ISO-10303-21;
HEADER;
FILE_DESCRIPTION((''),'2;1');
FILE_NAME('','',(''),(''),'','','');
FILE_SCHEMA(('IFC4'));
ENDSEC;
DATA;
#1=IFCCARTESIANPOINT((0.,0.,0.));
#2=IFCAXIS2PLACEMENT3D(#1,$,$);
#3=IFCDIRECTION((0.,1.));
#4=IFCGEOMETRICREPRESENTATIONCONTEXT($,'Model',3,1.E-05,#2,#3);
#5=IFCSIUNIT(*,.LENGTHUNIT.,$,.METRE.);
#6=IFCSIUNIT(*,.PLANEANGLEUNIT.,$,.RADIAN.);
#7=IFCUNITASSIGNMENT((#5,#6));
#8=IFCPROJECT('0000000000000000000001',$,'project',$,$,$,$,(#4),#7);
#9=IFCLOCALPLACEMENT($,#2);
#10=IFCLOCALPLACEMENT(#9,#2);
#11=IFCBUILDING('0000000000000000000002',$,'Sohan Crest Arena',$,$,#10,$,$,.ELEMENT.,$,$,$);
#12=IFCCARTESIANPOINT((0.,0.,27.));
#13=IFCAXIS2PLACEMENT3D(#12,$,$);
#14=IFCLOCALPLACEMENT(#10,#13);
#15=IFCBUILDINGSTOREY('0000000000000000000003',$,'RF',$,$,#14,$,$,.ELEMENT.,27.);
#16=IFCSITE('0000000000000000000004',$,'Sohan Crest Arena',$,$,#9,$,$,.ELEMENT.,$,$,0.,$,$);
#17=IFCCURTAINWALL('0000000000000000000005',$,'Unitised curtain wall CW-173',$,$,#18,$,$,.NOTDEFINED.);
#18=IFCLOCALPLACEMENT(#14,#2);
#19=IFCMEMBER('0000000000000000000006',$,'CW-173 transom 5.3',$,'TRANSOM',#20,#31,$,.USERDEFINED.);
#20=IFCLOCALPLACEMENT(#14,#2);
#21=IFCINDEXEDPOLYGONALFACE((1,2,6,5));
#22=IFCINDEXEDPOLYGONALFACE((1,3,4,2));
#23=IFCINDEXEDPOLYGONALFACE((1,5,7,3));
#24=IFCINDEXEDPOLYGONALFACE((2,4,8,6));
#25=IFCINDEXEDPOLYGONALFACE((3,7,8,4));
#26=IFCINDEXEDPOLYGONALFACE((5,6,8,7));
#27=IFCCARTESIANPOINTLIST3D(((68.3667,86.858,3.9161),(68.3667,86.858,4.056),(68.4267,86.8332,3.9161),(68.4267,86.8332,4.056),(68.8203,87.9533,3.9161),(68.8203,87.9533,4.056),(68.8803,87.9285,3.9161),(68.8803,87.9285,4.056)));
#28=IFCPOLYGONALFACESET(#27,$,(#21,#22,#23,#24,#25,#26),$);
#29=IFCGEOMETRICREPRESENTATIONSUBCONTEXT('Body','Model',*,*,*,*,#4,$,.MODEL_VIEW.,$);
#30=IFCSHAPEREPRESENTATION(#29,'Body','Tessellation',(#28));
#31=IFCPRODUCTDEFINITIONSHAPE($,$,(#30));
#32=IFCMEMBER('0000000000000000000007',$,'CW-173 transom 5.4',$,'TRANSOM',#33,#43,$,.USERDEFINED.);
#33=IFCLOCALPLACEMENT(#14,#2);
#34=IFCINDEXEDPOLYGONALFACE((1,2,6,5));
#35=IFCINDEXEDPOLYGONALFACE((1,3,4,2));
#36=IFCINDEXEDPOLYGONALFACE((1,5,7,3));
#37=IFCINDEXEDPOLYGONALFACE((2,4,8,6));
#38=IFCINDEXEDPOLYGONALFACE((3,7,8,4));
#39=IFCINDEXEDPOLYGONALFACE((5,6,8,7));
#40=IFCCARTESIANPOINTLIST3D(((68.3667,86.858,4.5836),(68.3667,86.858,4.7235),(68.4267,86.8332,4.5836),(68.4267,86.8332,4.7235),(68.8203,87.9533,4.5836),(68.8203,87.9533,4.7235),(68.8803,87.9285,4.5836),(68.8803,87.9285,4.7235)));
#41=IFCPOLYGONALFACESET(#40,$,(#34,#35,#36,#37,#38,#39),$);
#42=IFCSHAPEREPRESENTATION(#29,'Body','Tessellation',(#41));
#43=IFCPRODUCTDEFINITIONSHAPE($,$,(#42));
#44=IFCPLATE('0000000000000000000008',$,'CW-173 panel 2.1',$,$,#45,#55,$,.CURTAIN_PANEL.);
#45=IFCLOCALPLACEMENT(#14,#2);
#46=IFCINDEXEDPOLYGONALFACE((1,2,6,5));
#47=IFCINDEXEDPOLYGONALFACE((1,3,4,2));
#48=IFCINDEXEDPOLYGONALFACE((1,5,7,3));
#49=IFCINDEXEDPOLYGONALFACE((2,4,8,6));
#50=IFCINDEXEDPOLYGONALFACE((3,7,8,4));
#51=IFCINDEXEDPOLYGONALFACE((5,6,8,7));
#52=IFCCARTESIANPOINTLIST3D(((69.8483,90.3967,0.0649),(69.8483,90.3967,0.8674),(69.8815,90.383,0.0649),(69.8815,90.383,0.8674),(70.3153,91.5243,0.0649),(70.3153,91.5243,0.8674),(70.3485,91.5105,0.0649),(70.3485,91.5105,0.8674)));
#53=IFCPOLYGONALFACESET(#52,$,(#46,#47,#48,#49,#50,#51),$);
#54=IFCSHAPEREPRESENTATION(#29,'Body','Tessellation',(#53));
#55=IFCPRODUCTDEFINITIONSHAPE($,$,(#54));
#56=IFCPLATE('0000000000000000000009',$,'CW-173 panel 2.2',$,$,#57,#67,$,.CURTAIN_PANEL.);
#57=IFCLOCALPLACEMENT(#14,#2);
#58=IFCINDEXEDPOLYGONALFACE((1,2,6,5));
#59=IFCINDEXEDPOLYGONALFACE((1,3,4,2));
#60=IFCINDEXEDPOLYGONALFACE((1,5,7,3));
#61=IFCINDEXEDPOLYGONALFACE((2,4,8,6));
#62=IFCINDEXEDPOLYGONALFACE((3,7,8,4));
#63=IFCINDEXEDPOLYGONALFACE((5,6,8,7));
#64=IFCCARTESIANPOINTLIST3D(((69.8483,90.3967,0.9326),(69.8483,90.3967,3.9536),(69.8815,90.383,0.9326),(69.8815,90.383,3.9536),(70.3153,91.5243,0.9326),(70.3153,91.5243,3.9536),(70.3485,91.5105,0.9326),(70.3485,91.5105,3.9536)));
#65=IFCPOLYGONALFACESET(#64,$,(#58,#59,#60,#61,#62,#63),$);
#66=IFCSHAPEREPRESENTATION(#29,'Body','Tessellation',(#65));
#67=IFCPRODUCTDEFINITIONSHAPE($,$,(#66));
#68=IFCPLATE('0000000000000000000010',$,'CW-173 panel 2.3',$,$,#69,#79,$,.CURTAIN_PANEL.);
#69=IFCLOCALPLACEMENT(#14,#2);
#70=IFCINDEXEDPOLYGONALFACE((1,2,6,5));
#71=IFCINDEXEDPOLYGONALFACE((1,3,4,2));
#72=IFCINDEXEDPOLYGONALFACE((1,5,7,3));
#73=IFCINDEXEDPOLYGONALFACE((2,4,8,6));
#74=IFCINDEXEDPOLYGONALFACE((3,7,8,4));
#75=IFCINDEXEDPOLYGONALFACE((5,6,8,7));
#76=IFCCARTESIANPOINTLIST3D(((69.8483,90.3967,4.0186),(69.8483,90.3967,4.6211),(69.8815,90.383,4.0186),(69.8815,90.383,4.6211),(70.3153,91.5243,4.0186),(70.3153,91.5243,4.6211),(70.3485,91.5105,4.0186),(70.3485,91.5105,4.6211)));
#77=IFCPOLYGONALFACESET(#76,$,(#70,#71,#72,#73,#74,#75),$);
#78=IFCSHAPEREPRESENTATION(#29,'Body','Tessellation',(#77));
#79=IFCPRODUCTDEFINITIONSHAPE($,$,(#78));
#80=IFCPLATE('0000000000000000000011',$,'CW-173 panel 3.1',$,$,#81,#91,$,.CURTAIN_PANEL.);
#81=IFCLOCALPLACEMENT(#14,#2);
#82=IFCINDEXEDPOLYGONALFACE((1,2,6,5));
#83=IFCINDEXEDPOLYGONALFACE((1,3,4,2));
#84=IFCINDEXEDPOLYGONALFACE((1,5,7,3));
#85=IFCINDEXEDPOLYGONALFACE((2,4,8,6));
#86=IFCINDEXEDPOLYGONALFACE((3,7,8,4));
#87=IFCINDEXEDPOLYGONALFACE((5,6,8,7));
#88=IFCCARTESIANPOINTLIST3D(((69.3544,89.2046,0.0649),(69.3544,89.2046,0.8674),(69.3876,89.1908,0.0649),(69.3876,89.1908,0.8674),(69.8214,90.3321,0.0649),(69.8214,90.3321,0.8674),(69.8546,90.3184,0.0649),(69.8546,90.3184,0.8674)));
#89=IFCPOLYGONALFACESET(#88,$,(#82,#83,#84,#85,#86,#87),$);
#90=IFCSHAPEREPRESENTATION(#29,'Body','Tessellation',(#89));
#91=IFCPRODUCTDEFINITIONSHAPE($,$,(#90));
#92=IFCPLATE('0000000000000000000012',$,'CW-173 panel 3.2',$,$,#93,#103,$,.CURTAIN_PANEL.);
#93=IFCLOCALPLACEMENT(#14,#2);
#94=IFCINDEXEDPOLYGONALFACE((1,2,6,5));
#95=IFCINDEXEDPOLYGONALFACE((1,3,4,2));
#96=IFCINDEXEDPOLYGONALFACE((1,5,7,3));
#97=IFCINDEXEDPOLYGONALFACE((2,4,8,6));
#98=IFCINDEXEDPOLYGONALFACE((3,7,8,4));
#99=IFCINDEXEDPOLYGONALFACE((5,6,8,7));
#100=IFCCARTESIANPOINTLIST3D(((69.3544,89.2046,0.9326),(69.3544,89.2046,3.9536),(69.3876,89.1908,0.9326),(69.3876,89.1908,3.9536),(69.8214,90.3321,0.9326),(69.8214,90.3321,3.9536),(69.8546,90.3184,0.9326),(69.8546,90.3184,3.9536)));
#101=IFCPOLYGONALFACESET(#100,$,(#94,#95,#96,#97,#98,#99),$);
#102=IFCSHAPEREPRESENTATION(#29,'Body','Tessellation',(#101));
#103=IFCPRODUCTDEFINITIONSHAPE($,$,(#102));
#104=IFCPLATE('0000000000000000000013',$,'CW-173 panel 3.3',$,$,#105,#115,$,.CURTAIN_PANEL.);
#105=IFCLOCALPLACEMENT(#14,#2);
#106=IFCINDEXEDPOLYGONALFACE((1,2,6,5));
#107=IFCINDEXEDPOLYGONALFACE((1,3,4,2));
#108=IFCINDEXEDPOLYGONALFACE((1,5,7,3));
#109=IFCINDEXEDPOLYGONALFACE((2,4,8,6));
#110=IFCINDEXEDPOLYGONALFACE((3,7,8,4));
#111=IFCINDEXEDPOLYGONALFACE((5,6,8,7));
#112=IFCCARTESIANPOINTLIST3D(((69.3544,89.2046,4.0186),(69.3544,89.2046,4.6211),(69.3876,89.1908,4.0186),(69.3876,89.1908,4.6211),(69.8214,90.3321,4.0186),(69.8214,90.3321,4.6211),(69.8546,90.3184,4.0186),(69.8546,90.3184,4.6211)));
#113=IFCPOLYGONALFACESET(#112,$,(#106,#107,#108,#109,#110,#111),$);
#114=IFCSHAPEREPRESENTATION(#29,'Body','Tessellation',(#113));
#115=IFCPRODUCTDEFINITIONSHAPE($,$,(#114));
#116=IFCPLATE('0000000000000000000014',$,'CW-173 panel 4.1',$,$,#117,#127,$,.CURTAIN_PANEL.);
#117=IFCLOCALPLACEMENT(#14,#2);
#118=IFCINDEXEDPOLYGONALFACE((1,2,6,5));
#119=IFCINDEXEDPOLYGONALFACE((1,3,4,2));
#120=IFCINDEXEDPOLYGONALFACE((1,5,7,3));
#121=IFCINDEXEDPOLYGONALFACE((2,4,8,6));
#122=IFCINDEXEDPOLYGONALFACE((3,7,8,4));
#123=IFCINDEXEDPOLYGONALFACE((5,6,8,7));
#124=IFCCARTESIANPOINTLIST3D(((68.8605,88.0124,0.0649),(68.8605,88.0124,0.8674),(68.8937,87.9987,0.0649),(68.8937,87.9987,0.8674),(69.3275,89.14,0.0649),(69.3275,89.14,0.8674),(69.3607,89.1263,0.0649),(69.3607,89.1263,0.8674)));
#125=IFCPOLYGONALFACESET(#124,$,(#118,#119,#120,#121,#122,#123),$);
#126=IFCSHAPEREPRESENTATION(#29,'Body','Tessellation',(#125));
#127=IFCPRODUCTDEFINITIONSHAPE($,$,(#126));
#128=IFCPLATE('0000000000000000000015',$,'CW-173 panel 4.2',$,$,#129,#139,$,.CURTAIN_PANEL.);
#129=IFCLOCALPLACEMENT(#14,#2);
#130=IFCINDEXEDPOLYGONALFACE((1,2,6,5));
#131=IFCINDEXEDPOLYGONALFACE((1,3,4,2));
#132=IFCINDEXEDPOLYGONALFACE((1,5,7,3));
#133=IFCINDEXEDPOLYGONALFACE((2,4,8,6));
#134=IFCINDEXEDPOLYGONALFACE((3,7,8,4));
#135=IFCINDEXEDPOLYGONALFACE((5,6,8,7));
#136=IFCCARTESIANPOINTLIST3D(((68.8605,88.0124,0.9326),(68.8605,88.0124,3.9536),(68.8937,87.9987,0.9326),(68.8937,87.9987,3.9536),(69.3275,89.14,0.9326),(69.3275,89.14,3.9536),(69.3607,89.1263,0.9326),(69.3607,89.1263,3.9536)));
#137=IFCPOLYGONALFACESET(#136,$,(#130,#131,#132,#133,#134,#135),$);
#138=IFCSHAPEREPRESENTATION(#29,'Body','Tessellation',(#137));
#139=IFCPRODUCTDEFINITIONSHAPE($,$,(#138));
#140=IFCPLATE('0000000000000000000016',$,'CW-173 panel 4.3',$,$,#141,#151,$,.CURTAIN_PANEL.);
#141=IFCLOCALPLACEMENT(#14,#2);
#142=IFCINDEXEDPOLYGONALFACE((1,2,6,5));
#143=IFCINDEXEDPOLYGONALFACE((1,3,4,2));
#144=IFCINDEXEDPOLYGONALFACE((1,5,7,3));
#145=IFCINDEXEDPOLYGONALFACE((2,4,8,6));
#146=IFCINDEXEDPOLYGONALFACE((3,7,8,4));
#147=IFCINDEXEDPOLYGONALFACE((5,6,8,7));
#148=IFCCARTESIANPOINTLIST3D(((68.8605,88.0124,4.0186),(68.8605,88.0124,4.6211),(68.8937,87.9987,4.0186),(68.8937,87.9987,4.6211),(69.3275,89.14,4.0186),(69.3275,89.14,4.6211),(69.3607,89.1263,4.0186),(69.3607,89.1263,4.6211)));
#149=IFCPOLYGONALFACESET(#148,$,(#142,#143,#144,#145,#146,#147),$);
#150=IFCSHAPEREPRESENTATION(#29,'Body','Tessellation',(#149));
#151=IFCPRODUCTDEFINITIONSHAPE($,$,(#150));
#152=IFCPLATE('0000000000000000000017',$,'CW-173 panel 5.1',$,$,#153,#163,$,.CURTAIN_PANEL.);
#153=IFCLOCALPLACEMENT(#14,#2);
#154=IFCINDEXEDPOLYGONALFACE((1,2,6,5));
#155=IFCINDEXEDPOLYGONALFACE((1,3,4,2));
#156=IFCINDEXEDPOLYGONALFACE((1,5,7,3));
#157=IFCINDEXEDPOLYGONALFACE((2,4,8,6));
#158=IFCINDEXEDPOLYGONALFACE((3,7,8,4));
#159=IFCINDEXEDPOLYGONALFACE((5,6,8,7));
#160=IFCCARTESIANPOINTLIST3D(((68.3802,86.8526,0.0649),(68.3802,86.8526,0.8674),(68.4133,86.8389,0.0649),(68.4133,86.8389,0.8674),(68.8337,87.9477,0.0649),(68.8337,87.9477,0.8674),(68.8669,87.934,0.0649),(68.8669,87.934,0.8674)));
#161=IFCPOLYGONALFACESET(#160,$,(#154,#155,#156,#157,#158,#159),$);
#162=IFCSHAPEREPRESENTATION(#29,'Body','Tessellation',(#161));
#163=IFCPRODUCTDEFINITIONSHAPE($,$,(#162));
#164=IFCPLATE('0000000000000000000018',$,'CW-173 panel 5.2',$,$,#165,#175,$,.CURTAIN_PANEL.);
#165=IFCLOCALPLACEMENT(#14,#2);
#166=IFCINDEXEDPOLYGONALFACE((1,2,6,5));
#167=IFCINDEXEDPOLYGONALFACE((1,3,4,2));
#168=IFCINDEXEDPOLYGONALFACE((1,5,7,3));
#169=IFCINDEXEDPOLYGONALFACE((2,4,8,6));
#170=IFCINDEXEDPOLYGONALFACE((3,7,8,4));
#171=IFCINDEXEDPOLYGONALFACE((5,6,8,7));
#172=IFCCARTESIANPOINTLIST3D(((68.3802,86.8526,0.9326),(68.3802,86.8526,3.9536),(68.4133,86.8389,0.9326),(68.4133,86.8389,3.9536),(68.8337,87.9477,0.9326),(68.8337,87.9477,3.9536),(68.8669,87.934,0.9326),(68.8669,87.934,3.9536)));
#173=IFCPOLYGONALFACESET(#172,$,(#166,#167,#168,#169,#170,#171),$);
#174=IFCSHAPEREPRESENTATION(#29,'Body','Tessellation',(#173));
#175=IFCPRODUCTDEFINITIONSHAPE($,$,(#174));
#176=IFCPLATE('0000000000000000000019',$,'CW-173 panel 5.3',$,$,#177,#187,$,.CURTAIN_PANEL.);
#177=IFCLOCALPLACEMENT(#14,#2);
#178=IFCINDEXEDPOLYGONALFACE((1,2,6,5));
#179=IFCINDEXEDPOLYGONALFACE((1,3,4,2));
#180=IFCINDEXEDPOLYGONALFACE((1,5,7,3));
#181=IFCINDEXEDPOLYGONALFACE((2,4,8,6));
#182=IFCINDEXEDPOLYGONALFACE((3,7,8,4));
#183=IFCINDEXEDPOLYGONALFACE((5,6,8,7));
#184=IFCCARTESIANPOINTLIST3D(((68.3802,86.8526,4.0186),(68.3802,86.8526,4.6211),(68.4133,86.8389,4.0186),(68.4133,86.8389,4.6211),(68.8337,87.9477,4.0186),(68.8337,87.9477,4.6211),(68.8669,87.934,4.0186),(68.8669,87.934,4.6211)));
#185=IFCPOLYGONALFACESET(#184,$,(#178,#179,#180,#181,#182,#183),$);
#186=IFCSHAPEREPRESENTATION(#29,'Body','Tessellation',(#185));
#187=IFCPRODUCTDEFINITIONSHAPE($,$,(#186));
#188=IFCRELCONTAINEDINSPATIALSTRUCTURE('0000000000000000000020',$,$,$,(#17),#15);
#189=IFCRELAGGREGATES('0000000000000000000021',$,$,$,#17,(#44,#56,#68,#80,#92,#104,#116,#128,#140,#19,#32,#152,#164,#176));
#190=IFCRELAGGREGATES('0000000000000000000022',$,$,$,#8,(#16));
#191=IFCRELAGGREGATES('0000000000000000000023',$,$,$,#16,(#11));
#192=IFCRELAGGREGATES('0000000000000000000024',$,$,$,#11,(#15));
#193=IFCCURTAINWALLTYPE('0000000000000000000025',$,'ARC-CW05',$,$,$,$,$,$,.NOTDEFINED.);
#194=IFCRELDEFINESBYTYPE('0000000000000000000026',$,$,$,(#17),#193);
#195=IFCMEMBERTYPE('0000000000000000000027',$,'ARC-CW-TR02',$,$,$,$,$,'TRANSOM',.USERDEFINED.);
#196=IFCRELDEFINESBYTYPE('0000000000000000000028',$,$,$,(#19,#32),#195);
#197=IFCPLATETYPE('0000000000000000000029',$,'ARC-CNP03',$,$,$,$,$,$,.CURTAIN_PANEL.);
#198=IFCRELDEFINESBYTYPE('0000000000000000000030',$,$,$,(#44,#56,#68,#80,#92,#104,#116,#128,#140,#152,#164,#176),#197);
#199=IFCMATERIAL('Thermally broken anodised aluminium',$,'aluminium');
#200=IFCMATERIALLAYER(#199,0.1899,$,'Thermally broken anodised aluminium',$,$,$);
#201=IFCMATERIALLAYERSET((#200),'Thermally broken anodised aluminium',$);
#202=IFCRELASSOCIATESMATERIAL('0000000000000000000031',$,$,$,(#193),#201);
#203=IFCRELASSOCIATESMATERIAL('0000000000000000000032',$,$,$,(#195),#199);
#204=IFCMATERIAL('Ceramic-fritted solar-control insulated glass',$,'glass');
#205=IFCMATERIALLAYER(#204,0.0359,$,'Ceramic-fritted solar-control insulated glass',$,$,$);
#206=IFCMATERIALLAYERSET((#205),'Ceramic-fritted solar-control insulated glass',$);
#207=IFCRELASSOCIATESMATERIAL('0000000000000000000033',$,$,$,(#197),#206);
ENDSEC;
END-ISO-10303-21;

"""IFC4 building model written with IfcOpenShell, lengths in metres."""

from ifc_helpers import new_model, si_unit, direction, frame, origin, origin_2d, place, context, subcontext, project, spatial, rectangle, extrude, material, layer, layer_set, material_profile, profile_set, type_object, element, aggregate, save


model = new_model("IFC4")

# Units and contexts
model_context = context("Model", 3, precision=1e-05, world=origin(), true_north=direction((0.0, 1.0)))
body_context = subcontext(model_context, "Body", "Model", "MODEL_VIEW")
ifc_project = project(units=[si_unit("LENGTHUNIT", "METRE"), si_unit("PLANEANGLEUNIT", "RADIAN")], contexts=[model_context])

# Site, building, storey
site_placement = place(None, origin())
site = spatial("IfcSite", under=ifc_project, at=site_placement, Name="Sohan Crest Arena", CompositionType="ELEMENT", RefElevation=0.0)
building_placement = place(site_placement, origin())
building = spatial("IfcBuilding", under=site, at=building_placement, Name="Sohan Crest Arena", CompositionType="ELEMENT")
storey_placement = place(building_placement, frame((0.0, 0.0, 27.0)))
storey = spatial("IfcBuildingStorey", under=building, at=storey_placement, Name="RF", CompositionType="ELEMENT", Elevation=27.0)

# Curtain wall, members, plates
ifc_material_1 = material(Name="Thermally broken anodised aluminium", Category="aluminium")
ifc_layer_1 = layer(ifc_material_1, 0.1899, Name="Thermally broken anodised aluminium")
ifc_layer_set_1 = layer_set([ifc_layer_1], Name="Thermally broken anodised aluminium")
curtain_wall_type = type_object("IfcCurtainWallType", Name="ARC-CW05", PredefinedType="NOTDEFINED", material=ifc_layer_set_1)
curtain_wall_placement = place(storey_placement, origin())
curtain_wall = element("IfcCurtainWall", 1, at=curtain_wall_placement, inside=storey, type_object=curtain_wall_type, Name="Unitised curtain wall CW-173", PredefinedType="NOTDEFINED")
ifc_material_profile_1 = material_profile(ifc_material_1, rectangle(XDim=0.0649, YDim=0.1399, at=origin_2d()), Name="ALU-TRAN 65x140")
ifc_profile_set_1 = profile_set([ifc_material_profile_1], Name="Thermally broken anodised aluminium")
member_type_1 = type_object("IfcMemberType", Name="ARC-CW-TR02", ElementType="TRANSOM", PredefinedType="USERDEFINED", material=ifc_profile_set_1)
member_1_placement = place(storey_placement, frame((68.8503, 87.9409, 3.9861), z_axis=(-0.382655, -0.923891, 0.0), x_axis=(0.923891, -0.382655, 0.0)))
member_1 = element("IfcMember", 2, at=member_1_placement, type_object=member_type_1, Name="CW-173 transom 5.3", ObjectType="TRANSOM", PredefinedType="USERDEFINED", context=body_context, shape_type="SweptSolid", body=[
    extrude(rectangle(XDim=0.0649, YDim=0.1399, at=origin_2d()), origin(), (0.0, 0.0, 1.0), 1.1855),
])
member_2_placement = place(storey_placement, frame((68.8503, 87.9409, 4.6536), z_axis=(-0.382655, -0.923891, 0.0), x_axis=(0.923891, -0.382655, 0.0)))
member_2 = element("IfcMember", 3, at=member_2_placement, type_object=member_type_1, Name="CW-173 transom 5.4", ObjectType="TRANSOM", PredefinedType="USERDEFINED", context=body_context, shape_type="SweptSolid", body=[
    extrude(rectangle(XDim=0.0649, YDim=0.1399, at=origin_2d()), origin(), (0.0, 0.0, 1.0), 1.1855),
])
ifc_material_2 = material(Name="Ceramic-fritted solar-control insulated glass", Category="glass")
ifc_layer_2 = layer(ifc_material_2, 0.0359, Name="Ceramic-fritted solar-control insulated glass")
ifc_layer_set_2 = layer_set([ifc_layer_2], Name="Ceramic-fritted solar-control insulated glass")
plate_type = type_object("IfcPlateType", Name="ARC-CNP03", PredefinedType="CURTAIN_PANEL", material=ifc_layer_set_2)
plate_1_placement = place(storey_placement, frame((70.0984, 90.9536, 0.0649), z_axis=(0.0, 0.0, 1.0), x_axis=(-0.382667, -0.923886, 0.0)))
plate_1 = element("IfcPlate", 4, at=plate_1_placement, type_object=plate_type, Name="CW-173 panel 2.1", PredefinedType="CURTAIN_PANEL", context=body_context, shape_type="SweptSolid", body=[
    extrude(rectangle(XDim=1.2205, YDim=0.0359, at=origin_2d()), origin(), (0.0, 0.0, 1.0), 0.8025),
])
plate_2_placement = place(storey_placement, frame((70.0984, 90.9536, 0.9326), z_axis=(0.0, 0.0, 1.0), x_axis=(-0.382667, -0.923886, 0.0)))
plate_2 = element("IfcPlate", 5, at=plate_2_placement, type_object=plate_type, Name="CW-173 panel 2.2", PredefinedType="CURTAIN_PANEL", context=body_context, shape_type="SweptSolid", body=[
    extrude(rectangle(XDim=1.2205, YDim=0.0359, at=origin_2d()), origin(), (0.0, 0.0, 1.0), 3.021),
])
plate_3_placement = place(storey_placement, frame((70.0984, 90.9536, 4.0186), z_axis=(0.0, 0.0, 1.0), x_axis=(-0.382667, -0.923886, 0.0)))
plate_3 = element("IfcPlate", 6, at=plate_3_placement, type_object=plate_type, Name="CW-173 panel 2.3", PredefinedType="CURTAIN_PANEL", context=body_context, shape_type="SweptSolid", body=[
    extrude(rectangle(XDim=1.2205, YDim=0.0359, at=origin_2d()), origin(), (0.0, 0.0, 1.0), 0.6025),
])
plate_4_placement = place(storey_placement, frame((69.6045, 89.7615, 0.0649), z_axis=(0.0, 0.0, 1.0), x_axis=(-0.382667, -0.923886, 0.0)))
plate_4 = element("IfcPlate", 7, at=plate_4_placement, type_object=plate_type, Name="CW-173 panel 3.1", PredefinedType="CURTAIN_PANEL", context=body_context, shape_type="SweptSolid", body=[
    extrude(rectangle(XDim=1.2205, YDim=0.0359, at=origin_2d()), origin(), (0.0, 0.0, 1.0), 0.8025),
])
plate_5_placement = place(storey_placement, frame((69.6045, 89.7615, 0.9326), z_axis=(0.0, 0.0, 1.0), x_axis=(-0.382667, -0.923886, 0.0)))
plate_5 = element("IfcPlate", 8, at=plate_5_placement, type_object=plate_type, Name="CW-173 panel 3.2", PredefinedType="CURTAIN_PANEL", context=body_context, shape_type="SweptSolid", body=[
    extrude(rectangle(XDim=1.2205, YDim=0.0359, at=origin_2d()), origin(), (0.0, 0.0, 1.0), 3.021),
])
plate_6_placement = place(storey_placement, frame((69.6045, 89.7615, 4.0186), z_axis=(0.0, 0.0, 1.0), x_axis=(-0.382667, -0.923886, 0.0)))
plate_6 = element("IfcPlate", 9, at=plate_6_placement, type_object=plate_type, Name="CW-173 panel 3.3", PredefinedType="CURTAIN_PANEL", context=body_context, shape_type="SweptSolid", body=[
    extrude(rectangle(XDim=1.2205, YDim=0.0359, at=origin_2d()), origin(), (0.0, 0.0, 1.0), 0.6025),
])
plate_7_placement = place(storey_placement, frame((69.1106, 88.5693, 0.0649), z_axis=(0.0, 0.0, 1.0), x_axis=(-0.382667, -0.923886, 0.0)))
plate_7 = element("IfcPlate", 10, at=plate_7_placement, type_object=plate_type, Name="CW-173 panel 4.1", PredefinedType="CURTAIN_PANEL", context=body_context, shape_type="SweptSolid", body=[
    extrude(rectangle(XDim=1.2205, YDim=0.0359, at=origin_2d()), origin(), (0.0, 0.0, 1.0), 0.8025),
])
plate_8_placement = place(storey_placement, frame((69.1106, 88.5693, 0.9326), z_axis=(0.0, 0.0, 1.0), x_axis=(-0.382667, -0.923886, 0.0)))
plate_8 = element("IfcPlate", 11, at=plate_8_placement, type_object=plate_type, Name="CW-173 panel 4.2", PredefinedType="CURTAIN_PANEL", context=body_context, shape_type="SweptSolid", body=[
    extrude(rectangle(XDim=1.2205, YDim=0.0359, at=origin_2d()), origin(), (0.0, 0.0, 1.0), 3.021),
])
plate_9_placement = place(storey_placement, frame((69.1106, 88.5693, 4.0186), z_axis=(0.0, 0.0, 1.0), x_axis=(-0.382667, -0.923886, 0.0)))
plate_9 = element("IfcPlate", 12, at=plate_9_placement, type_object=plate_type, Name="CW-173 panel 4.3", PredefinedType="CURTAIN_PANEL", context=body_context, shape_type="SweptSolid", body=[
    extrude(rectangle(XDim=1.2205, YDim=0.0359, at=origin_2d()), origin(), (0.0, 0.0, 1.0), 0.6025),
])
plate_10_placement = place(storey_placement, frame((68.6235, 87.3933, 0.0649), z_axis=(0.0, 0.0, 1.0), x_axis=(-0.382667, -0.923886, 0.0)))
plate_10 = element("IfcPlate", 13, at=plate_10_placement, type_object=plate_type, Name="CW-173 panel 5.1", PredefinedType="CURTAIN_PANEL", context=body_context, shape_type="SweptSolid", body=[
    extrude(rectangle(XDim=1.1853, YDim=0.0359, at=origin_2d()), origin(), (0.0, 0.0, 1.0), 0.8025),
])
plate_11_placement = place(storey_placement, frame((68.6235, 87.3933, 0.9326), z_axis=(0.0, 0.0, 1.0), x_axis=(-0.382667, -0.923886, 0.0)))
plate_11 = element("IfcPlate", 14, at=plate_11_placement, type_object=plate_type, Name="CW-173 panel 5.2", PredefinedType="CURTAIN_PANEL", context=body_context, shape_type="SweptSolid", body=[
    extrude(rectangle(XDim=1.1853, YDim=0.0359, at=origin_2d()), origin(), (0.0, 0.0, 1.0), 3.021),
])
plate_12_placement = place(storey_placement, frame((68.6235, 87.3933, 4.0186), z_axis=(0.0, 0.0, 1.0), x_axis=(-0.382667, -0.923886, 0.0)))
plate_12 = element("IfcPlate", 15, at=plate_12_placement, type_object=plate_type, Name="CW-173 panel 5.3", PredefinedType="CURTAIN_PANEL", context=body_context, shape_type="SweptSolid", body=[
    extrude(rectangle(XDim=1.1853, YDim=0.0359, at=origin_2d()), origin(), (0.0, 0.0, 1.0), 0.6025),
])
aggregate(curtain_wall, [plate_1, plate_2, plate_3, plate_4, plate_5, plate_6, plate_7, plate_8, plate_9, member_1, member_2, plate_10, plate_11, plate_12])

save(model, "model.ifc")
